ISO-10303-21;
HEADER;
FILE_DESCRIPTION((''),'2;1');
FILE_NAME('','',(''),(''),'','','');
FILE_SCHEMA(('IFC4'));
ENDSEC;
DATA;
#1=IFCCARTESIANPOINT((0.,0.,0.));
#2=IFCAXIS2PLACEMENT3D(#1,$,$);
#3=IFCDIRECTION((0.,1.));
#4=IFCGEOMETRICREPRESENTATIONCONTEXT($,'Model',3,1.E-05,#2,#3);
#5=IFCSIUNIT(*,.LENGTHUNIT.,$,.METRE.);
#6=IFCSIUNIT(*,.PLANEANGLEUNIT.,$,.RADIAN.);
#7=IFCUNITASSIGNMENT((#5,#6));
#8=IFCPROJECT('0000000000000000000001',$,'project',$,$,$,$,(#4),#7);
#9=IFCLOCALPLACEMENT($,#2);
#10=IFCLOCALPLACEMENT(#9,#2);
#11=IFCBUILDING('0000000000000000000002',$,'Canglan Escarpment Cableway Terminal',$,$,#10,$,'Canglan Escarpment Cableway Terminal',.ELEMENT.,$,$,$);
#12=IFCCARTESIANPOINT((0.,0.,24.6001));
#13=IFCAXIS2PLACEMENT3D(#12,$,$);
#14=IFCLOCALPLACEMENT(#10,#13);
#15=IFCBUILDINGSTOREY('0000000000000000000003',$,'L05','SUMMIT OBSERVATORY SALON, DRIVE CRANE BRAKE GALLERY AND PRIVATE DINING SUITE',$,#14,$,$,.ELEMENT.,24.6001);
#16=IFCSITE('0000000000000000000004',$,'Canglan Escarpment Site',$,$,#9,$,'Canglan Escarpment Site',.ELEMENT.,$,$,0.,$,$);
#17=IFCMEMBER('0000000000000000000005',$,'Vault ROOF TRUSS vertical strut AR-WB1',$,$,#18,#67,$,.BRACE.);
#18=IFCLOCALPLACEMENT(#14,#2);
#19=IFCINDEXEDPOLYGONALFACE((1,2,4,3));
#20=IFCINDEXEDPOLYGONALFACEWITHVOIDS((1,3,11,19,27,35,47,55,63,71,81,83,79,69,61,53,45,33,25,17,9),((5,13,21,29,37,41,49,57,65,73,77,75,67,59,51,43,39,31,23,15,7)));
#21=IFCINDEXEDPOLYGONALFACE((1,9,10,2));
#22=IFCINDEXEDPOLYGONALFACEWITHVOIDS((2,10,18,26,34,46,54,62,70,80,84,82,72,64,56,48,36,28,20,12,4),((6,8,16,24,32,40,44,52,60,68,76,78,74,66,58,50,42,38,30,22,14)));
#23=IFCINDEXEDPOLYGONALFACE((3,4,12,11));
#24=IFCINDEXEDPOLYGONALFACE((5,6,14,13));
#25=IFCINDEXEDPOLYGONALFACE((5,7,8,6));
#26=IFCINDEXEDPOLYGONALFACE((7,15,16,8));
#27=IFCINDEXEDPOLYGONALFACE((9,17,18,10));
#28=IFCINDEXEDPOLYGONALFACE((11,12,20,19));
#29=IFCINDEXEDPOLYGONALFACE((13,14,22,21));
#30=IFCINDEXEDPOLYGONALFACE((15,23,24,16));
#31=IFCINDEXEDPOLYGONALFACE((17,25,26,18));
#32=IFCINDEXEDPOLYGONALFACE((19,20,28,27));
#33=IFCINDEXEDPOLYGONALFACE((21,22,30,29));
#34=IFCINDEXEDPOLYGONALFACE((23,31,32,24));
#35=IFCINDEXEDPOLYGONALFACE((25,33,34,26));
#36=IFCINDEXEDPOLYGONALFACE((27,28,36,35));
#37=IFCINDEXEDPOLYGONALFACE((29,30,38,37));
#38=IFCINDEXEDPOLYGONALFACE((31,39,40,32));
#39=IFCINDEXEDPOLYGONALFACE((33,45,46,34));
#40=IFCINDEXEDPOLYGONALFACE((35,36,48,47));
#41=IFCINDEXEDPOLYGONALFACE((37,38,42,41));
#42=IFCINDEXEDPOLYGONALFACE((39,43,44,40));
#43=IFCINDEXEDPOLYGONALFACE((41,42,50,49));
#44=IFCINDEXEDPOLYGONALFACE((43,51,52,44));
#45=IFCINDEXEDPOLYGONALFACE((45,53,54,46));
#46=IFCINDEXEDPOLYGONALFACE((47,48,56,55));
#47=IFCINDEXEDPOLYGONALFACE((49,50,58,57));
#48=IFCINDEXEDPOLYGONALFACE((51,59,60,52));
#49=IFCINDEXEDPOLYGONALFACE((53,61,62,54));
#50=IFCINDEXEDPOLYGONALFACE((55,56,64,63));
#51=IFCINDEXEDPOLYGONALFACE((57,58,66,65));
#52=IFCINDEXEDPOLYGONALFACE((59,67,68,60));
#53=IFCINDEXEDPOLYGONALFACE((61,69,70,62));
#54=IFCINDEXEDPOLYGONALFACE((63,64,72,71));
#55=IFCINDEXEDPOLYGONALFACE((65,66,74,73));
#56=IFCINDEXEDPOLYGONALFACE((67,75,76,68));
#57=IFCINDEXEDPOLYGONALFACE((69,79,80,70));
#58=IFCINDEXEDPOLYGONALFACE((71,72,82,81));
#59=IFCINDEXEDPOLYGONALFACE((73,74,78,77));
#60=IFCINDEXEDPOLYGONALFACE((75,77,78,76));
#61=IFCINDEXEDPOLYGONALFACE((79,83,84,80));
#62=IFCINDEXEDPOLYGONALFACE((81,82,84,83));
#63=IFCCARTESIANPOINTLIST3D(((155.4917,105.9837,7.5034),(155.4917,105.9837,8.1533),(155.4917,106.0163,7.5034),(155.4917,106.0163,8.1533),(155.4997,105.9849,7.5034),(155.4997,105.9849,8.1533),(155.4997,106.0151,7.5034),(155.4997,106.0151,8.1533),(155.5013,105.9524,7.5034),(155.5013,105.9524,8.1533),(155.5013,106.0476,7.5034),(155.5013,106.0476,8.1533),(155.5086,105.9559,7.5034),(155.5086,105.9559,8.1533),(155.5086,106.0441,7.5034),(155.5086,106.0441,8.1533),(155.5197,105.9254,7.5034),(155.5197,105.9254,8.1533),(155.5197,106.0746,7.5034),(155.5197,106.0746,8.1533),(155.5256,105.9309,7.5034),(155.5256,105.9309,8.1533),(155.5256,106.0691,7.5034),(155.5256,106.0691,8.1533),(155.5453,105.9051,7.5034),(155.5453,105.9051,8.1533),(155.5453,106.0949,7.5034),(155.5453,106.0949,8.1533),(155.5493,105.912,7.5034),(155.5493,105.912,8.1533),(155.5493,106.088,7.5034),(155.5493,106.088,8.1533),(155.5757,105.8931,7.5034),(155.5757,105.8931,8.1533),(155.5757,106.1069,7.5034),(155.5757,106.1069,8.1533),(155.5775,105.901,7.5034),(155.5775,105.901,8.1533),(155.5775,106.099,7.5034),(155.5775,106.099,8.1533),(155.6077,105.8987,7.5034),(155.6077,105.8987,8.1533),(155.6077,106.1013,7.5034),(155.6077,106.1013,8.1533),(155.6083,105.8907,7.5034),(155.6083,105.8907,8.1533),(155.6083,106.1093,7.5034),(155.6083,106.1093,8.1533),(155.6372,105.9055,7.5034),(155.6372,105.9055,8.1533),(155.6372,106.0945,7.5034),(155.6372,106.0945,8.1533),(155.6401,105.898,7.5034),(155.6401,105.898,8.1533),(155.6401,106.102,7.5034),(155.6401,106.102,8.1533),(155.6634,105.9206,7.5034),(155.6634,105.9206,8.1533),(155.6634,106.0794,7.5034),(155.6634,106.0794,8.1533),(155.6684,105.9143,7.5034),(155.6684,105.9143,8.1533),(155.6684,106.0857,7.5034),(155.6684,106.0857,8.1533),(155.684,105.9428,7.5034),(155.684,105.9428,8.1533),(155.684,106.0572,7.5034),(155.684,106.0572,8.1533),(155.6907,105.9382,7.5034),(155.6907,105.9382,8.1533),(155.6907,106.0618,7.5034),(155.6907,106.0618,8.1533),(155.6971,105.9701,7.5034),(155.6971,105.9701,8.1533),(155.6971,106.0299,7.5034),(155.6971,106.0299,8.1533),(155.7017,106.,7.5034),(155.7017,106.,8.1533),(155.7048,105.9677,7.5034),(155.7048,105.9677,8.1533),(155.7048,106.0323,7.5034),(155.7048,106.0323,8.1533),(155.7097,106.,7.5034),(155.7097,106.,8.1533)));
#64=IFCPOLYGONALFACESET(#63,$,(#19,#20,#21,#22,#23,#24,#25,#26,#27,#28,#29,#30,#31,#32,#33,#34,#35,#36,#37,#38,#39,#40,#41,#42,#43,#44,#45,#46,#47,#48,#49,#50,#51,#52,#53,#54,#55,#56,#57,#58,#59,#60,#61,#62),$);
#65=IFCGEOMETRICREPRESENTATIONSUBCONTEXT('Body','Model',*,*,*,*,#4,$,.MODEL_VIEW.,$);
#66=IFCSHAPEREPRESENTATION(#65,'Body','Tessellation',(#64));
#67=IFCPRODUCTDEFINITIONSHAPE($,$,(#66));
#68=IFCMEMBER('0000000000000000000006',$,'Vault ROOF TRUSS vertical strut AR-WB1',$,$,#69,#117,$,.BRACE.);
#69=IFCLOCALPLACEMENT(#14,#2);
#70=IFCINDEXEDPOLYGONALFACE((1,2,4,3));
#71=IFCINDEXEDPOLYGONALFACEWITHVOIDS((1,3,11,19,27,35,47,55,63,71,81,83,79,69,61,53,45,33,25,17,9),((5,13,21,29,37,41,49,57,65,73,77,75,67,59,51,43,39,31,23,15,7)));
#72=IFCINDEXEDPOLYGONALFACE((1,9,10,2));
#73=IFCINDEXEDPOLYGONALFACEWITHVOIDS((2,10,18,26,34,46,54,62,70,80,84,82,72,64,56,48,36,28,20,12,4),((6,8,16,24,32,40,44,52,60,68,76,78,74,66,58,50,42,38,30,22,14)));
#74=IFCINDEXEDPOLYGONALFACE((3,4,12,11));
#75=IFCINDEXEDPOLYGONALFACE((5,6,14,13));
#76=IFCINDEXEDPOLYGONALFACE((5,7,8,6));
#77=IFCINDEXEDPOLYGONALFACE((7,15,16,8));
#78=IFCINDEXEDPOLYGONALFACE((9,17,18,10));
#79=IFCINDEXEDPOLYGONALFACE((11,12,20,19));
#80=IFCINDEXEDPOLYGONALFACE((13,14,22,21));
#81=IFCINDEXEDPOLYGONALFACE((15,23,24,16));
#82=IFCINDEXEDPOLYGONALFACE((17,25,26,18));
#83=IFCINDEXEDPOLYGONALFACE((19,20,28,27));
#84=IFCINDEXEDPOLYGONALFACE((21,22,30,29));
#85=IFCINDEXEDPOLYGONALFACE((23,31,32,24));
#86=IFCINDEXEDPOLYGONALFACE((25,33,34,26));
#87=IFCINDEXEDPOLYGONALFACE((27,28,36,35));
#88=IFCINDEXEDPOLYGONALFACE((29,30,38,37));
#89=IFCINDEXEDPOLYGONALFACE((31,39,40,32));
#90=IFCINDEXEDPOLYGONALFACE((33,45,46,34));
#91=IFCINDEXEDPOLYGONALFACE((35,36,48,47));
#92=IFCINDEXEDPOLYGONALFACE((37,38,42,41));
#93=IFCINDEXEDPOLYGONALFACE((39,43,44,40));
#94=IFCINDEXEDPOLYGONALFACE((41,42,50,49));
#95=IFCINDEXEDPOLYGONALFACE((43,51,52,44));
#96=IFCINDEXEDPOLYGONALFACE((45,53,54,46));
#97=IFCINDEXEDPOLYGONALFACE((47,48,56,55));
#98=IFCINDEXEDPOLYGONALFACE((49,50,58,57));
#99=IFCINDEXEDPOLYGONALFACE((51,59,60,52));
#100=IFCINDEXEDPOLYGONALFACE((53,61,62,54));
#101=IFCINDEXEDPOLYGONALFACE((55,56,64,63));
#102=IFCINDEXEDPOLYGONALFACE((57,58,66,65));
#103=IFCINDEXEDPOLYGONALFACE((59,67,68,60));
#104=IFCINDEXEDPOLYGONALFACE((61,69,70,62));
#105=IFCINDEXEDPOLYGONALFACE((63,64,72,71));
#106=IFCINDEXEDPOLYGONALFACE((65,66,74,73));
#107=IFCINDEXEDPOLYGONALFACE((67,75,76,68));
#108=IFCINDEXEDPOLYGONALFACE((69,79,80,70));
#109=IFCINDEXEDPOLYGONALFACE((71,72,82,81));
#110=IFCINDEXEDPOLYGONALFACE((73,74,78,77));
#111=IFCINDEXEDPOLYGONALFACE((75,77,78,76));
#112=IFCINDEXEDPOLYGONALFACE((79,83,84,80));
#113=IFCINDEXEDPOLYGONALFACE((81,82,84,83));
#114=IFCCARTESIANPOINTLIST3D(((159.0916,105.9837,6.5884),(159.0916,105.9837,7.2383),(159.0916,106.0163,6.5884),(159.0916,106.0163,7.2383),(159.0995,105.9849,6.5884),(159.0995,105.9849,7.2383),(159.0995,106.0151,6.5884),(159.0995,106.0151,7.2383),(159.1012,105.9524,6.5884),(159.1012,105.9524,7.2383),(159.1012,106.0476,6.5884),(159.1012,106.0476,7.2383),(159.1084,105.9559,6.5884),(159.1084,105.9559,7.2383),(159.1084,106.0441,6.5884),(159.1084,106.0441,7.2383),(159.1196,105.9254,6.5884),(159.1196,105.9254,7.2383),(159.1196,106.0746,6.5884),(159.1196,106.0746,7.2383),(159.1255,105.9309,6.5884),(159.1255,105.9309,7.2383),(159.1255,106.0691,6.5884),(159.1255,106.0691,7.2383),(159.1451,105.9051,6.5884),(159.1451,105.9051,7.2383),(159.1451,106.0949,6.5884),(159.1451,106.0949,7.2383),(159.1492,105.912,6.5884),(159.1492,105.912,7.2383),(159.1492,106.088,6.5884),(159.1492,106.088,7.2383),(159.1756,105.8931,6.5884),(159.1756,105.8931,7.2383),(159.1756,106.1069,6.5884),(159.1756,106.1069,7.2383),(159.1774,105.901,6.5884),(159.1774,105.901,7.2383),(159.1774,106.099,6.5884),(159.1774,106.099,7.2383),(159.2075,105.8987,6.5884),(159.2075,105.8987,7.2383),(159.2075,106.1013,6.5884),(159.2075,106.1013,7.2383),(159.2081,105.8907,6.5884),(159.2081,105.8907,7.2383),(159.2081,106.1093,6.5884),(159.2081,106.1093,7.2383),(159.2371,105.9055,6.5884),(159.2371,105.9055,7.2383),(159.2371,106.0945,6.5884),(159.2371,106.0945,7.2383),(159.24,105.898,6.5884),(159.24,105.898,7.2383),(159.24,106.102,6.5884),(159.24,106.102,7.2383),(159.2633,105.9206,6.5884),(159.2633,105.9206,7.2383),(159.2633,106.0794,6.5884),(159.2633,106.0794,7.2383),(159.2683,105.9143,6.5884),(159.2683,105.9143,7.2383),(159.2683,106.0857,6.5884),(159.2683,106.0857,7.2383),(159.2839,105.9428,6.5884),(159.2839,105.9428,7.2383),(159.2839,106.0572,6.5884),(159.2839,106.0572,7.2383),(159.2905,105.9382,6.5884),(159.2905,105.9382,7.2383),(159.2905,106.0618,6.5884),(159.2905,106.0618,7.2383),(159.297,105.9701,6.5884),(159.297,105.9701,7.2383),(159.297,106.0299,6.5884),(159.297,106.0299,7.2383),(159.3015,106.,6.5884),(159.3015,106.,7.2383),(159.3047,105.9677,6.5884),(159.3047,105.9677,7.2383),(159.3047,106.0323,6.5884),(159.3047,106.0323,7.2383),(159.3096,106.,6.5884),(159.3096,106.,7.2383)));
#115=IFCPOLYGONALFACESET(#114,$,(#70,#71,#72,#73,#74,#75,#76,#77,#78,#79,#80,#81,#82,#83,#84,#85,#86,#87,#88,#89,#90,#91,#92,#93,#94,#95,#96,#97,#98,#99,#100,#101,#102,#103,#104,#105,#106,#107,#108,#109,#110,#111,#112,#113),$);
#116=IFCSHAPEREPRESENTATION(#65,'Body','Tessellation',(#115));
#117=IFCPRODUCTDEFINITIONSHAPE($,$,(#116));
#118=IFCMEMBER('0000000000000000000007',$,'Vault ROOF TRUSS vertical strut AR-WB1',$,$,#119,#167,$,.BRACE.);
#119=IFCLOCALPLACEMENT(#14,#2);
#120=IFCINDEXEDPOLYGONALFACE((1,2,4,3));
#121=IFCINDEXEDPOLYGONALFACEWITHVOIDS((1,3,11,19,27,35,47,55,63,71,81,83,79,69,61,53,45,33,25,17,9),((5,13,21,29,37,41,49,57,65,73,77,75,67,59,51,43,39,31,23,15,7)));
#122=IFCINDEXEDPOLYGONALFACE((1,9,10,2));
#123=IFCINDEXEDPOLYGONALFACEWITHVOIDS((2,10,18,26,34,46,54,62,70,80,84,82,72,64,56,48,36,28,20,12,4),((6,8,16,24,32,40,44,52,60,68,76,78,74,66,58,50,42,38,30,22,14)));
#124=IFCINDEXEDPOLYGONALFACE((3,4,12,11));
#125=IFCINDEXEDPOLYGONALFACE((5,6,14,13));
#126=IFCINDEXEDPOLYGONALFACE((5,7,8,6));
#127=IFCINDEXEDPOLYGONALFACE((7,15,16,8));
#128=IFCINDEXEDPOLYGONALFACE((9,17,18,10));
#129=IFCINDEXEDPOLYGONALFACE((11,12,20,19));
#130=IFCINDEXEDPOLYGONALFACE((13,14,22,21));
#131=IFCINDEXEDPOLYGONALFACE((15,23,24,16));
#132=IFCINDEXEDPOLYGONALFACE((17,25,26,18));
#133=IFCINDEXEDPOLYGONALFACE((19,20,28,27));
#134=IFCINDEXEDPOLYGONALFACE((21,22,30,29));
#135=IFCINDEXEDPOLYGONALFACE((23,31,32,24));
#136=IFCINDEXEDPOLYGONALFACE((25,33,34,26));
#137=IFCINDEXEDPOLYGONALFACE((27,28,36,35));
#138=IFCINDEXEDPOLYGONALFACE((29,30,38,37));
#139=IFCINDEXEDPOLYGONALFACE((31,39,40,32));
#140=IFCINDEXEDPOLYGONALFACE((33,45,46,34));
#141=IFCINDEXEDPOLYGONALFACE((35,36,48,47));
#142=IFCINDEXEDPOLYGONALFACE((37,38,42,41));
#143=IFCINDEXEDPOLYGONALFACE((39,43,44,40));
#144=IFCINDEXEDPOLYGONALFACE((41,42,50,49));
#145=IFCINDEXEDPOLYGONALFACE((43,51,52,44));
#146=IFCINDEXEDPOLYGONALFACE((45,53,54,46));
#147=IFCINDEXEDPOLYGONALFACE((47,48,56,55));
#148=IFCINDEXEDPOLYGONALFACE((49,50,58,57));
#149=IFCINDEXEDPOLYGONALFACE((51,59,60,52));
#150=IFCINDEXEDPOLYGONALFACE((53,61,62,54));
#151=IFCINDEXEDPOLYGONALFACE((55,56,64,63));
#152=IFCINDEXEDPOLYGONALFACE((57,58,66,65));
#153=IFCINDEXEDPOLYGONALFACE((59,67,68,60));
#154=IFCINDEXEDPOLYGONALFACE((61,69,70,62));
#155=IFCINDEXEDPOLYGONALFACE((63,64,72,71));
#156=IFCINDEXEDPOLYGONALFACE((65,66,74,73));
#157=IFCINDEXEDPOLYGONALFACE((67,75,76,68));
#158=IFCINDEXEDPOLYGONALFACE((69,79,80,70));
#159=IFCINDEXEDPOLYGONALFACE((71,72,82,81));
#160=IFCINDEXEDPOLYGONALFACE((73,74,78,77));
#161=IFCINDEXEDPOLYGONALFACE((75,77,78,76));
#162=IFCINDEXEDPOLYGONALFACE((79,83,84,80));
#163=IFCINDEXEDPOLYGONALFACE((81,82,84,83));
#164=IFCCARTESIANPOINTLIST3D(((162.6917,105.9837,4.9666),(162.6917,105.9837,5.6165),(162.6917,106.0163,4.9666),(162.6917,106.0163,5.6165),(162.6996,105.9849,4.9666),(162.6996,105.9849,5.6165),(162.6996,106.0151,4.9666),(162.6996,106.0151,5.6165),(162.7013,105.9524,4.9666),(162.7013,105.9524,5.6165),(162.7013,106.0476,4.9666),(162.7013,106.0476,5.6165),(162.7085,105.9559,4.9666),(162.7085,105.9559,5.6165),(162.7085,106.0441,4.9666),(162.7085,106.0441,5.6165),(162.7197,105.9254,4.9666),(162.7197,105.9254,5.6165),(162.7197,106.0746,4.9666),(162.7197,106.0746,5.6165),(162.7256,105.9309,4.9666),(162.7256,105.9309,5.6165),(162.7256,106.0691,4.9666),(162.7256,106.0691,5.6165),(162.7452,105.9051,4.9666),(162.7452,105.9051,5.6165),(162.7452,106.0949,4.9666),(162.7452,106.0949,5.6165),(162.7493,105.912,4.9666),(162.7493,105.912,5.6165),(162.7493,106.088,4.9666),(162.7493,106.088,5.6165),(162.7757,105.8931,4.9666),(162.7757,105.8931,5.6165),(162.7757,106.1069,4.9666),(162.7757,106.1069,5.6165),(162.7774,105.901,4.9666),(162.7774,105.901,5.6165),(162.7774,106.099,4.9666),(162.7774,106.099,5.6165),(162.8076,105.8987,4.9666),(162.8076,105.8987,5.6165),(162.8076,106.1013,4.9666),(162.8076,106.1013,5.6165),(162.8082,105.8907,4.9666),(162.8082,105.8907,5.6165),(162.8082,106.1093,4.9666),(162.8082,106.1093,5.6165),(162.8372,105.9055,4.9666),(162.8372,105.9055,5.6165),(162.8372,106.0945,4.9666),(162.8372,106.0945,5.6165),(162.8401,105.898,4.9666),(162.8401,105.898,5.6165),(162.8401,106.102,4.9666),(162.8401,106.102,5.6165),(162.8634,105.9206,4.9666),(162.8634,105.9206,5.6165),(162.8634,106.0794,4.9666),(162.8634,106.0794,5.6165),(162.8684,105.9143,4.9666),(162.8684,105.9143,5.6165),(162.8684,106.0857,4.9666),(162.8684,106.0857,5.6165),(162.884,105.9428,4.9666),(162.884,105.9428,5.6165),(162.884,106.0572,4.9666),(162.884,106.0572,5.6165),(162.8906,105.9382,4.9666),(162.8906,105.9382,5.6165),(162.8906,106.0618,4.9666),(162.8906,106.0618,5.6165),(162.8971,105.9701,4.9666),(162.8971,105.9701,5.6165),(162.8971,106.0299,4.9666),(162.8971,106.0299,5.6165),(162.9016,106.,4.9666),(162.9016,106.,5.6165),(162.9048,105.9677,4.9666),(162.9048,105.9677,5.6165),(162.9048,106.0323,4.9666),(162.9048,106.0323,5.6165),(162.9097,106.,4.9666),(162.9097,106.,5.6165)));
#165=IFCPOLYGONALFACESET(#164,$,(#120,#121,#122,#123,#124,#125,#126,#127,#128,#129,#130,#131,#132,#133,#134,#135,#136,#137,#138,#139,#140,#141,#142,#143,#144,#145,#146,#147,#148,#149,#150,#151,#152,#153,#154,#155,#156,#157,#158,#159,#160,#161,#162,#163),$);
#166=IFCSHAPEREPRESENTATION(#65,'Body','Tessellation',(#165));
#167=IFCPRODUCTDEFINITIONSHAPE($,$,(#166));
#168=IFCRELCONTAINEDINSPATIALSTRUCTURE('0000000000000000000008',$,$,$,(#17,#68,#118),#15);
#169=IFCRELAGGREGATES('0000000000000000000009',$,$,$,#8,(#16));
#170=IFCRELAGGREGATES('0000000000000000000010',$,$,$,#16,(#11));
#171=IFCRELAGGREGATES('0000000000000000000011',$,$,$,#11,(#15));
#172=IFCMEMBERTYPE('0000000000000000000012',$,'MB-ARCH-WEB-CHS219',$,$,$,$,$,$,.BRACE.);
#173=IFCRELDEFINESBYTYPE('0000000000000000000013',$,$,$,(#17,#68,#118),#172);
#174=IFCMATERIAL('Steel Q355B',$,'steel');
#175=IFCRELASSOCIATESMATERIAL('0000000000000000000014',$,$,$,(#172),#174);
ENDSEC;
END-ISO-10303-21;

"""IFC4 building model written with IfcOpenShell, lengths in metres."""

from ifc_helpers import new_model, si_unit, direction, frame, origin, origin_2d, place, context, subcontext, project, spatial, hollow_circle, extrude, material, material_profile, profile_set, type_object, element, save


model = new_model("IFC4")

# Units and contexts
model_context = context("Model", 3, precision=1e-05, world=origin(), true_north=direction((0.0, 1.0)))
body_context = subcontext(model_context, "Body", "Model", "MODEL_VIEW")
ifc_project = project(units=[si_unit("LENGTHUNIT", "METRE"), si_unit("PLANEANGLEUNIT", "RADIAN")], contexts=[model_context])

# Site, building, storey
site_placement = place(None, origin())
site = spatial("IfcSite", under=ifc_project, at=site_placement, Name="Canglan Escarpment Site", LongName="Canglan Escarpment Site", CompositionType="ELEMENT", RefElevation=0.0)
building_placement = place(site_placement, origin())
building = spatial("IfcBuilding", under=site, at=building_placement, Name="Canglan Escarpment Cableway Terminal", LongName="Canglan Escarpment Cableway Terminal", CompositionType="ELEMENT")
storey_placement = place(building_placement, frame((0.0, 0.0, 24.6001)))
storey = spatial("IfcBuildingStorey", under=building, at=storey_placement, Name="L05", Description="SUMMIT OBSERVATORY SALON, DRIVE CRANE BRAKE GALLERY AND PRIVATE DINING SUITE", CompositionType="ELEMENT", Elevation=24.6001)

# Shared definitions
ifc_material = material(Name="Steel Q355B", Category="steel")

# Members
ifc_material_profile_1 = material_profile(ifc_material, hollow_circle(Radius=0.1096, WallThickness=0.0081, at=origin_2d()), Name="CHS 219.1x8")
ifc_profile_set_1 = profile_set([ifc_material_profile_1], Name="Steel Q355B")
member_type_1 = type_object("IfcMemberType", Name="MB-ARCH-WEB-CHS219", PredefinedType="BRACE", material=ifc_profile_set_1)
for number, where, z_axis, x_axis, name in (
    (1, (155.6001, 106.0, 7.5034), (0.0, 0.0, 1.0), (1.0, 0.0, 0.0), "Vault ROOF TRUSS vertical strut AR-WB1"),
    (2, (159.2, 106.0, 6.5884), (0.0, 0.0, 1.0), (1.0, 0.0, 0.0), "Vault ROOF TRUSS vertical strut AR-WB1"),
    (3, (162.8, 106.0, 4.9666), (0.0, 0.0, 1.0), (1.0, 0.0, 0.0), "Vault ROOF TRUSS vertical strut AR-WB1"),
):
    element("IfcMember", number, at=place(storey_placement, frame(where, z_axis=z_axis, x_axis=x_axis)), inside=storey, type_object=member_type_1, Name=name, PredefinedType="BRACE", context=body_context, shape_type="SweptSolid", body=[
        extrude(hollow_circle(Radius=0.1096, WallThickness=0.0081, at=origin_2d()), origin(), (0.0, 0.0, 1.0), 0.6499),
    ])

save(model, "model.ifc")
